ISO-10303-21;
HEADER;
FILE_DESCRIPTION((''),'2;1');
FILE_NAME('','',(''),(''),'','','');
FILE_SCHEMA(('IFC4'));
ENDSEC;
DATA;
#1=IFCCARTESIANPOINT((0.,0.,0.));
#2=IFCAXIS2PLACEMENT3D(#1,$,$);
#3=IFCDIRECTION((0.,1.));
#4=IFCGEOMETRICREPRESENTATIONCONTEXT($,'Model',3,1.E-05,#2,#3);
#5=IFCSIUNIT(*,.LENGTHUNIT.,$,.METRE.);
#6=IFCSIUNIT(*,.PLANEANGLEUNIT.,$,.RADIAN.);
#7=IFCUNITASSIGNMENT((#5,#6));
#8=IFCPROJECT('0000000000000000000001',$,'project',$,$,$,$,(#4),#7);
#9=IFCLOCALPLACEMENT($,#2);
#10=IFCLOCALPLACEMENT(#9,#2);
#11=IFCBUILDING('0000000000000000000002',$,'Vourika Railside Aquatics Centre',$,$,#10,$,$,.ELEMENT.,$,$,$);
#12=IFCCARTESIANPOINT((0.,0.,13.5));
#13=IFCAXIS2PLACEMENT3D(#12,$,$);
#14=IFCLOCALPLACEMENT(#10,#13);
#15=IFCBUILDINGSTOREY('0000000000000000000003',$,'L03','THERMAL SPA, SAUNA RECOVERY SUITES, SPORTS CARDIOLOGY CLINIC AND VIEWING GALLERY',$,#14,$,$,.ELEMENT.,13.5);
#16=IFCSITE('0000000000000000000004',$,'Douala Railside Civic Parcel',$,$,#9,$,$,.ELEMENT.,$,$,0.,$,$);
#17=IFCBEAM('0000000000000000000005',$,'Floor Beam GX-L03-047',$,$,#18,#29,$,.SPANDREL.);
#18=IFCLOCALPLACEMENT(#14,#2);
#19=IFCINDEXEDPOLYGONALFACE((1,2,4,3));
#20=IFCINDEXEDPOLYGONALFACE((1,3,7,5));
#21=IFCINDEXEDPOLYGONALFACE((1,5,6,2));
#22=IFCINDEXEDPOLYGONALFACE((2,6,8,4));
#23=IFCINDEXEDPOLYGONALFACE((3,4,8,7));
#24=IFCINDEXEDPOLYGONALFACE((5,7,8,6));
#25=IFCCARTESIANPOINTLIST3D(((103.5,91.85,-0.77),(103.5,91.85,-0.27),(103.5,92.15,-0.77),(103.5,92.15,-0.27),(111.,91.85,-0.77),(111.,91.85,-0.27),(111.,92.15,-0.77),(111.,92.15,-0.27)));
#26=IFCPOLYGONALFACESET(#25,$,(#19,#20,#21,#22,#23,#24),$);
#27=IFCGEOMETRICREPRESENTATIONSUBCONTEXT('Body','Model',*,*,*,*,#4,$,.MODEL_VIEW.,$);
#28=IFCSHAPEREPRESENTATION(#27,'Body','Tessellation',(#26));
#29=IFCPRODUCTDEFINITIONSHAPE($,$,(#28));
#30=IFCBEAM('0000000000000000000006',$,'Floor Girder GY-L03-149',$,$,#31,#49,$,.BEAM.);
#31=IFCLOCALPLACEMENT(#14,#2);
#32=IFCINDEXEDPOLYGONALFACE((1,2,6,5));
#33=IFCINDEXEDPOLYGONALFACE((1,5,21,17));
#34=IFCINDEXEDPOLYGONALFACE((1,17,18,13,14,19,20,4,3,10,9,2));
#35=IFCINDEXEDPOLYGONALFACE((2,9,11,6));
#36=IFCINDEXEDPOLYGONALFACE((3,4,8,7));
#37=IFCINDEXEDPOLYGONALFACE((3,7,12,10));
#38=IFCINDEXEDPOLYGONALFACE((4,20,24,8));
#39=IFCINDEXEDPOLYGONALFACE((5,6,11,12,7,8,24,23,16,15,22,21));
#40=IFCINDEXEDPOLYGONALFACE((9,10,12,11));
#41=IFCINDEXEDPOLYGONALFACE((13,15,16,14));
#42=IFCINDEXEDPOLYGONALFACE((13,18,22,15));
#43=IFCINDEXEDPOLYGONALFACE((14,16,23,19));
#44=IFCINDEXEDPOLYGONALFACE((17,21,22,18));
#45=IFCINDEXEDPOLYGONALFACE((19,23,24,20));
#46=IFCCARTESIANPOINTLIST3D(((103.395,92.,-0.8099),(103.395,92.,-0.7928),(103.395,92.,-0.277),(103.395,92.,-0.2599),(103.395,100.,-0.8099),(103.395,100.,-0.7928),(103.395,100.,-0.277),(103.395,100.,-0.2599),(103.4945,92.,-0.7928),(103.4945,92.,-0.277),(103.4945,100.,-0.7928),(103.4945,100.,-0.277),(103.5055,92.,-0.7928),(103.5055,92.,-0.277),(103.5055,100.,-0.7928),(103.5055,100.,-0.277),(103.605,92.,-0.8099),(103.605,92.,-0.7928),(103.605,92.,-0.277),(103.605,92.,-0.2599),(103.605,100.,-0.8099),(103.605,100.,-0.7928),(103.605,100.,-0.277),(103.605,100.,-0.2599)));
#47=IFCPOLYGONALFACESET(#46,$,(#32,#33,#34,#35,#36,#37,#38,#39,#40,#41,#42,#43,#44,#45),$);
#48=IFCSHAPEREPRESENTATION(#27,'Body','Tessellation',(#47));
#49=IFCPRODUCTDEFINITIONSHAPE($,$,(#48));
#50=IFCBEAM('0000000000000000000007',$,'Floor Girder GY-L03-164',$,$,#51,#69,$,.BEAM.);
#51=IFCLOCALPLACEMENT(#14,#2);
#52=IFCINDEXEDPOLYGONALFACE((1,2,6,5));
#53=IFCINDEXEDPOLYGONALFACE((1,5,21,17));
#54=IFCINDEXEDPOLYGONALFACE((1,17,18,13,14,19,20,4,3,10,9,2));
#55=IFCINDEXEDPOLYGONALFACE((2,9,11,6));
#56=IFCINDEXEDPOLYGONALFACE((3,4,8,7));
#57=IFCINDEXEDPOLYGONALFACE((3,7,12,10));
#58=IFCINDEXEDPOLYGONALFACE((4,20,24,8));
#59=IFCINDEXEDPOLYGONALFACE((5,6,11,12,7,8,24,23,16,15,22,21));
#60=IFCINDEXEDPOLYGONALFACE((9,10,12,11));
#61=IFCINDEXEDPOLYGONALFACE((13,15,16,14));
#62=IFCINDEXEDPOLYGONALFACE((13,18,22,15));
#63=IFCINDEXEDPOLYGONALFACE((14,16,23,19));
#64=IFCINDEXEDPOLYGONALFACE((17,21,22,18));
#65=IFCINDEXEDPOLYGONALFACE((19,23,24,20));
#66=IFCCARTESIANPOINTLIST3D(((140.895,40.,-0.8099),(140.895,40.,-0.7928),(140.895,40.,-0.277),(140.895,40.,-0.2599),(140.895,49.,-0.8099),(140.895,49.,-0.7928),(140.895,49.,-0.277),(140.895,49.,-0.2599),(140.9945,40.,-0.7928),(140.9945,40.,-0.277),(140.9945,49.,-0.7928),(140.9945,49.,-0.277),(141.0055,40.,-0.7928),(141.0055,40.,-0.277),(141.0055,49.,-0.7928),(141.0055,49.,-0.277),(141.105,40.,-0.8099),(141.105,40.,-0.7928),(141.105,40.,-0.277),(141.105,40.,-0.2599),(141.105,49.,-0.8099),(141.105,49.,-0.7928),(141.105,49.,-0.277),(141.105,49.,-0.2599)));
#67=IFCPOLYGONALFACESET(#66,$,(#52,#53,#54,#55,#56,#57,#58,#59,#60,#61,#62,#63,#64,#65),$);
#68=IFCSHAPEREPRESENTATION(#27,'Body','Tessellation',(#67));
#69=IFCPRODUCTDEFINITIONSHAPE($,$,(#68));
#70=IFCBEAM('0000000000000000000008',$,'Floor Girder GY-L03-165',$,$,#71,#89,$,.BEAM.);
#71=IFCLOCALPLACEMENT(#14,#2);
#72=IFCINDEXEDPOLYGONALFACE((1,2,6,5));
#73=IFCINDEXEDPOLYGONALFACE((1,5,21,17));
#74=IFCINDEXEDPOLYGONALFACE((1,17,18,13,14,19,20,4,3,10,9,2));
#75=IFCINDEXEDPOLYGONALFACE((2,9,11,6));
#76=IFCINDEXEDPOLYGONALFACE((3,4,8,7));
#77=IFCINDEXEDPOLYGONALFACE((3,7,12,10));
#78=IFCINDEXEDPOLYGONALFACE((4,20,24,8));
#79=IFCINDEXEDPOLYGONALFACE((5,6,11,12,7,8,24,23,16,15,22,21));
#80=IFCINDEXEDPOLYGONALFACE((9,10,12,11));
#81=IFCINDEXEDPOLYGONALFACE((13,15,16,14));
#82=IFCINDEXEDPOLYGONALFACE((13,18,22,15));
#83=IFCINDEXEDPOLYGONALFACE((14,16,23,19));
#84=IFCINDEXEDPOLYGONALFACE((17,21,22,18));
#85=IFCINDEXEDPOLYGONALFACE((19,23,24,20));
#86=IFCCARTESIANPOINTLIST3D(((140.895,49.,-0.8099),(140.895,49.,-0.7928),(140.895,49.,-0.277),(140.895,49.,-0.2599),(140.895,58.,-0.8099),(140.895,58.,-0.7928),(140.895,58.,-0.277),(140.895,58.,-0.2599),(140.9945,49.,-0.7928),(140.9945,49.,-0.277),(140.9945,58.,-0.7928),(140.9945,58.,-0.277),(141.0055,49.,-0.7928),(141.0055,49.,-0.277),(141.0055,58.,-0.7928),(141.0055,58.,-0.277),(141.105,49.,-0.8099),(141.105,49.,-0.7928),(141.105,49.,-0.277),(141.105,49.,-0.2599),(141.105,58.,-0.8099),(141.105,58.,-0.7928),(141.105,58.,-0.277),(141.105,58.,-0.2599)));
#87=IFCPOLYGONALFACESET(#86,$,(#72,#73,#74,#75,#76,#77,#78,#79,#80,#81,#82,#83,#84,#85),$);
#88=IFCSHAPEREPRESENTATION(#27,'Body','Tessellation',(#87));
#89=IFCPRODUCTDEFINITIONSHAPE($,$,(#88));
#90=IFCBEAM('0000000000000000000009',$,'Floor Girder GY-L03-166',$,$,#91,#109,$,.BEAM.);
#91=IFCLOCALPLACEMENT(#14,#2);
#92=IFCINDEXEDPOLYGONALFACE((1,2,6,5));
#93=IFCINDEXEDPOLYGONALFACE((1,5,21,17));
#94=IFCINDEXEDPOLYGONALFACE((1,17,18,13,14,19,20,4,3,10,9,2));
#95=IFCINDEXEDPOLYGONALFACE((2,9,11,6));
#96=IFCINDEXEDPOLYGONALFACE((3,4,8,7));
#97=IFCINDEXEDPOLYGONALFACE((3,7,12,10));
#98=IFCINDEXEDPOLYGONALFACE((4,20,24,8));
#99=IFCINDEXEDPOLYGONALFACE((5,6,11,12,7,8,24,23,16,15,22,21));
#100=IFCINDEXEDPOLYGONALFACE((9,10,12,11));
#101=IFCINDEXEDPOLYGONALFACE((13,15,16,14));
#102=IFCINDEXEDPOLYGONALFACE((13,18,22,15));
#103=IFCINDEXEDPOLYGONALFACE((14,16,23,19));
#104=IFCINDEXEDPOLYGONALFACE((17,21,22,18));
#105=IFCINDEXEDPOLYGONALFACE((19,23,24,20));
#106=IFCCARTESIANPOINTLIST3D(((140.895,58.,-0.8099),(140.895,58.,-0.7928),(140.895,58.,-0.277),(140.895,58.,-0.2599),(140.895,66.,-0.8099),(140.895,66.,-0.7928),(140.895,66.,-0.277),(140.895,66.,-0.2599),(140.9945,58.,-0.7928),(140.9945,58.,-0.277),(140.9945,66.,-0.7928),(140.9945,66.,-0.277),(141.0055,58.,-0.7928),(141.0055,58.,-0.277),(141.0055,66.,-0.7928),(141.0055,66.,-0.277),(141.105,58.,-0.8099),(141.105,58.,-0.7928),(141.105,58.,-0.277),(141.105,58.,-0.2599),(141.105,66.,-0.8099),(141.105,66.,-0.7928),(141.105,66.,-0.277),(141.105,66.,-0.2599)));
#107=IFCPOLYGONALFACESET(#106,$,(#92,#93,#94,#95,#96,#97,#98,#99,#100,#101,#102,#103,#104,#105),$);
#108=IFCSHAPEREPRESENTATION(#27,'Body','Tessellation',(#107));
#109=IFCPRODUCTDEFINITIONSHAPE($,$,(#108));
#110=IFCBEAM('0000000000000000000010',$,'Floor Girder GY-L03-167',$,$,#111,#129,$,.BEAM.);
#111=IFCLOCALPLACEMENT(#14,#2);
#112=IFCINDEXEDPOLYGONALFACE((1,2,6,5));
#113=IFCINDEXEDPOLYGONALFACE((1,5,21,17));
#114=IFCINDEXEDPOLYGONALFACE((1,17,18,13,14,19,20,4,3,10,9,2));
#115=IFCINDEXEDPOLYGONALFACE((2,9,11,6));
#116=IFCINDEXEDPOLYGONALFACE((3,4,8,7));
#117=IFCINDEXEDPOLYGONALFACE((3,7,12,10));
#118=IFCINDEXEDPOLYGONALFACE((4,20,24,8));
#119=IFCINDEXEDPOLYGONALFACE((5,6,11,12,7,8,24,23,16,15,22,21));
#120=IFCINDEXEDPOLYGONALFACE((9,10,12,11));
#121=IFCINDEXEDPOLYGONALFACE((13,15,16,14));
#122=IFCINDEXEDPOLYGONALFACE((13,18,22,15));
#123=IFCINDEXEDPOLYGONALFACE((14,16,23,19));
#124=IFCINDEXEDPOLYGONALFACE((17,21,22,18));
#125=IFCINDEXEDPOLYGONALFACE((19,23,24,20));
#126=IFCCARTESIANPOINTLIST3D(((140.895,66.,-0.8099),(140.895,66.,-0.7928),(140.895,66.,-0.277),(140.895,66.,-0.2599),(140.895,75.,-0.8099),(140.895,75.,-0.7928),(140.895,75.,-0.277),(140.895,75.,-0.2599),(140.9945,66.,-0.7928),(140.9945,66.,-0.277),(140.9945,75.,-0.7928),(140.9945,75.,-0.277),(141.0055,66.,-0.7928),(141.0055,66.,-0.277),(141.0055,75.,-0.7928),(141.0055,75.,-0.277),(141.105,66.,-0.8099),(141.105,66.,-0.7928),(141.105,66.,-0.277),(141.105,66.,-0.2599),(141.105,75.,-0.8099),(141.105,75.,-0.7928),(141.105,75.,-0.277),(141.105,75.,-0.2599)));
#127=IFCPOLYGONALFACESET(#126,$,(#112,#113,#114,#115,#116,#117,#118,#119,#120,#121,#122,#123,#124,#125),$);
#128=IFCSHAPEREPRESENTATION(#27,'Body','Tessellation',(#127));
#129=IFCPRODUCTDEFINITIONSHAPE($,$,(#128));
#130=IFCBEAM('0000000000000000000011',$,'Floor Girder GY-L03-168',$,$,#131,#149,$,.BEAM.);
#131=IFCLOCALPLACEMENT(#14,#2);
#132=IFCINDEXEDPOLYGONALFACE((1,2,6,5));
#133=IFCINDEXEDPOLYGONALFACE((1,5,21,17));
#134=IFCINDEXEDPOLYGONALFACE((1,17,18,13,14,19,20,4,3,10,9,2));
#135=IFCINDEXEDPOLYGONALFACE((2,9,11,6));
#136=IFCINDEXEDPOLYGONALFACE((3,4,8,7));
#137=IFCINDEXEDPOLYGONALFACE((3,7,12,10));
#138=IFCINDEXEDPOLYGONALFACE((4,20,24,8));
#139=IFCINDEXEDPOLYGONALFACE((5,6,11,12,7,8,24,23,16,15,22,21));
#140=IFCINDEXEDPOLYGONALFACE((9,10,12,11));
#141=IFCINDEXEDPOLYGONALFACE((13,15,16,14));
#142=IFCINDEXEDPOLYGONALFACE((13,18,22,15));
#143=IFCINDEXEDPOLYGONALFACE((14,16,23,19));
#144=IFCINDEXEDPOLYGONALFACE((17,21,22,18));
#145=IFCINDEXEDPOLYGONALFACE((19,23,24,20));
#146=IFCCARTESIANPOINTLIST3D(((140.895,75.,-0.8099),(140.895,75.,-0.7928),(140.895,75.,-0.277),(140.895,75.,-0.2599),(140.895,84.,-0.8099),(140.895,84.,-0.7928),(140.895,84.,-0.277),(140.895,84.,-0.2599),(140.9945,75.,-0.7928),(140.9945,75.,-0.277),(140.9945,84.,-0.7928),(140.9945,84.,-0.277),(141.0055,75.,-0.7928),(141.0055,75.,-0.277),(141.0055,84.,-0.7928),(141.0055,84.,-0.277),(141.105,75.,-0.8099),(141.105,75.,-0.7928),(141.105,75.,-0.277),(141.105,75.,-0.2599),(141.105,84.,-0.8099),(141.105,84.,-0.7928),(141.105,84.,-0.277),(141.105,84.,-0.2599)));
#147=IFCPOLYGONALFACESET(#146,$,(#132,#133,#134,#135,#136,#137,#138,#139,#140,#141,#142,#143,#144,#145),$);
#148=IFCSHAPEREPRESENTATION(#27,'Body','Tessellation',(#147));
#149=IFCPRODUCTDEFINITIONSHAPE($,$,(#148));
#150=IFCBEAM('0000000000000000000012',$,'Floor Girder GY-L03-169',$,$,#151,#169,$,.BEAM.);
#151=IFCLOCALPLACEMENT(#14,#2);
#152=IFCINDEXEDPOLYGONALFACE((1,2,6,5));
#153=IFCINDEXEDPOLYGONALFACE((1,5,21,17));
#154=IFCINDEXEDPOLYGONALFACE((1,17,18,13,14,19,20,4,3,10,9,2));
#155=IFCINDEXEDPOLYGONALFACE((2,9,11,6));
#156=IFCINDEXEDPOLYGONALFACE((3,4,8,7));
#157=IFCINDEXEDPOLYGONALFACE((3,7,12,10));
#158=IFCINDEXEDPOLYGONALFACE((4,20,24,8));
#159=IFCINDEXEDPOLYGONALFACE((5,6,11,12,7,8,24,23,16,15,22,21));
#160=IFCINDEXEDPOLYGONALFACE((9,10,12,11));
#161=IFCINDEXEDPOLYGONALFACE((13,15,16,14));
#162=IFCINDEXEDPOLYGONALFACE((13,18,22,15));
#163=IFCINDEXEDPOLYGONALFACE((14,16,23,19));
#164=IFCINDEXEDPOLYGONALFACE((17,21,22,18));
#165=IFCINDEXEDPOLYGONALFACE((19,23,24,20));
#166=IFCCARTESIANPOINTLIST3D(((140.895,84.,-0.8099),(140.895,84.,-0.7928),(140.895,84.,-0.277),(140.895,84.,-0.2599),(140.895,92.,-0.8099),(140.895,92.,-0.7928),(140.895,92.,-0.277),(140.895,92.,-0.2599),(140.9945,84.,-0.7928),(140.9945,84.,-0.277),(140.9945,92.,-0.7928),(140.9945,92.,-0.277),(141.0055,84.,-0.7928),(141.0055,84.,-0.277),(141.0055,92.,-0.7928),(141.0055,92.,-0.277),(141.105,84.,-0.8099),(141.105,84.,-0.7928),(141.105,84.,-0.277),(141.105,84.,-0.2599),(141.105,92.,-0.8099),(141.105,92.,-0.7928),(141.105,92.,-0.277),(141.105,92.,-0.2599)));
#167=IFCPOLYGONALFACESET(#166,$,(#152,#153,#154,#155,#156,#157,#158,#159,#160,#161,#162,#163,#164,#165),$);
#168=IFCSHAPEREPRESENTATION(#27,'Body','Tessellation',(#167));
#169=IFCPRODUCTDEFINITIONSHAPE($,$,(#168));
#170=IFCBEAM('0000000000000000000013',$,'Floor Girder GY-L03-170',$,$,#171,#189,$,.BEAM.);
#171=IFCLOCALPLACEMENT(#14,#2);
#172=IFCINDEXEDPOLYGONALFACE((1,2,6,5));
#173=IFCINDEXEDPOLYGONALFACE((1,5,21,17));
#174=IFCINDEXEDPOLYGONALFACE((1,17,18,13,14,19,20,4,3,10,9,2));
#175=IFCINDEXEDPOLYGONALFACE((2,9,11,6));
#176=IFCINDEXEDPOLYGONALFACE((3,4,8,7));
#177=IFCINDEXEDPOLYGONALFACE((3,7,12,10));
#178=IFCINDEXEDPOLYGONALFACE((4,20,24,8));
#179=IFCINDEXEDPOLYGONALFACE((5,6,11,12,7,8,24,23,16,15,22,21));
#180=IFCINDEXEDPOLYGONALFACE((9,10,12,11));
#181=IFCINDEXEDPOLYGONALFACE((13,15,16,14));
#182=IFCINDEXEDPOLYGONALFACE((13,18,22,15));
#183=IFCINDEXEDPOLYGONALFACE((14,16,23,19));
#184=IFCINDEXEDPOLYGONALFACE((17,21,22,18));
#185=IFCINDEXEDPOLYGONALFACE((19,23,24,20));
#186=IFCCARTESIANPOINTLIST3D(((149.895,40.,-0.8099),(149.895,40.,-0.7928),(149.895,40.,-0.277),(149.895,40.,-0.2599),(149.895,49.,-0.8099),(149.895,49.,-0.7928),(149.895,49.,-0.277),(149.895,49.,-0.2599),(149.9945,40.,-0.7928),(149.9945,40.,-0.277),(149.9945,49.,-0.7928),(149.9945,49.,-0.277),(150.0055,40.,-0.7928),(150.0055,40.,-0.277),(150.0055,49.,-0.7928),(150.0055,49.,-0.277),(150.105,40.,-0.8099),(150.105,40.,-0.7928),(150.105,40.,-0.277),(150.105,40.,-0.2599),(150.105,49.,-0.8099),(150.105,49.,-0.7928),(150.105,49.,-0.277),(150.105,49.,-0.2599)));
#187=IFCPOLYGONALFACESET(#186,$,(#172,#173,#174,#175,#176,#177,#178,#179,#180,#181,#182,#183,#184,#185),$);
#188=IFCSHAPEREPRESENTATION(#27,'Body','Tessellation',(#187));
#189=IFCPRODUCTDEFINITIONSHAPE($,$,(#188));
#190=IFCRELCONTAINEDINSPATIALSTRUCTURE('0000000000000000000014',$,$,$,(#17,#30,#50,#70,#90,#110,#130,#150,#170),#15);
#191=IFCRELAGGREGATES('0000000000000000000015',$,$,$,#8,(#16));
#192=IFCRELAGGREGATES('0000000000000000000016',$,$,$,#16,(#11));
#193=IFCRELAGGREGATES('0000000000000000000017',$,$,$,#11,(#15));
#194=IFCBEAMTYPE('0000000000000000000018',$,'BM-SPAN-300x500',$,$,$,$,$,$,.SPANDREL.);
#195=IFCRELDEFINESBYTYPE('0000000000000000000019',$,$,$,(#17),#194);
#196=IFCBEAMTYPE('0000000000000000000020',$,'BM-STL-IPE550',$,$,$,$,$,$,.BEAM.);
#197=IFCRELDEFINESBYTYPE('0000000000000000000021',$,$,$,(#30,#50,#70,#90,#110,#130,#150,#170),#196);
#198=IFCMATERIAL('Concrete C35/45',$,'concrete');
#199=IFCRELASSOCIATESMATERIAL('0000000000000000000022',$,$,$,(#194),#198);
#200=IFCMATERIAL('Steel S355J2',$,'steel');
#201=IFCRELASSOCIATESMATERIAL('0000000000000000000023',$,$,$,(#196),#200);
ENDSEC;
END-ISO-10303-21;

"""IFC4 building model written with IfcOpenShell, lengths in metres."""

from ifc_helpers import new_model, si_unit, direction, frame, origin, origin_2d, place, context, subcontext, project, spatial, rectangle, i_section, extrude, material, material_profile, profile_set, type_object, element, save


model = new_model("IFC4")

# Units and contexts
model_context = context("Model", 3, precision=1e-05, world=origin(), true_north=direction((0.0, 1.0)))
body_context = subcontext(model_context, "Body", "Model", "MODEL_VIEW")
ifc_project = project(units=[si_unit("LENGTHUNIT", "METRE"), si_unit("PLANEANGLEUNIT", "RADIAN")], contexts=[model_context])

# Site, building, storey
site_placement = place(None, origin())
site = spatial("IfcSite", under=ifc_project, at=site_placement, Name="Douala Railside Civic Parcel", CompositionType="ELEMENT", RefElevation=0.0)
building_placement = place(site_placement, origin())
building = spatial("IfcBuilding", under=site, at=building_placement, Name="Vourika Railside Aquatics Centre", CompositionType="ELEMENT")
storey_placement = place(building_placement, frame((0.0, 0.0, 13.5)))
storey = spatial("IfcBuildingStorey", under=building, at=storey_placement, Name="L03", Description="THERMAL SPA, SAUNA RECOVERY SUITES, SPORTS CARDIOLOGY CLINIC AND VIEWING GALLERY", CompositionType="ELEMENT", Elevation=13.5)

# Beams
ifc_material_1 = material(Name="Concrete C35/45", Category="concrete")
ifc_material_profile_1 = material_profile(ifc_material_1, rectangle(XDim=0.3, YDim=0.5, at=origin_2d()), Name="RC 300x500")
ifc_profile_set_1 = profile_set([ifc_material_profile_1], Name="Concrete C35/45")
beam_type_1 = type_object("IfcBeamType", Name="BM-SPAN-300x500", PredefinedType="SPANDREL", material=ifc_profile_set_1)
beam_1_placement = place(storey_placement, frame((103.5, 92.0, -0.52), z_axis=(1.0, 0.0, 0.0), x_axis=(0.0, 1.0, 0.0)))
element("IfcBeam", 1, at=beam_1_placement, inside=storey, type_object=beam_type_1, Name="Floor Beam GX-L03-047", PredefinedType="SPANDREL", context=body_context, shape_type="SweptSolid", body=[
    extrude(rectangle(XDim=0.3, YDim=0.5, at=origin_2d()), origin(), (0.0, 0.0, 1.0), 7.5),
])
ifc_material_2 = material(Name="Steel S355J2", Category="steel")
ifc_material_profile_2 = material_profile(ifc_material_2, i_section(OverallWidth=0.21, OverallDepth=0.55, WebThickness=0.011, FlangeThickness=0.0171, at=origin_2d()), Name="IPE 550")
ifc_profile_set_2 = profile_set([ifc_material_profile_2], Name="Steel S355J2")
beam_type_2 = type_object("IfcBeamType", Name="BM-STL-IPE550", PredefinedType="BEAM", material=ifc_profile_set_2)
beam_2_placement = place(storey_placement, frame((103.5, 92.0, -0.5349), z_axis=(0.0, 1.0, 0.0), x_axis=(-1.0, 0.0, 0.0)))
element("IfcBeam", 2, at=beam_2_placement, inside=storey, type_object=beam_type_2, Name="Floor Girder GY-L03-149", PredefinedType="BEAM", context=body_context, shape_type="SweptSolid", body=[
    extrude(i_section(OverallWidth=0.21, OverallDepth=0.55, WebThickness=0.011, FlangeThickness=0.0171, at=origin_2d()), origin(), (0.0, 0.0, 1.0), 8.0),
])
for number, where, z_axis, x_axis, name in (
    (3, (141.0, 40.0, -0.5349), (0.0, 1.0, 0.0), (-1.0, 0.0, 0.0), "Floor Girder GY-L03-164"),
    (4, (141.0, 49.0, -0.5349), (0.0, 1.0, 0.0), (-1.0, 0.0, 0.0), "Floor Girder GY-L03-165"),
):
    element("IfcBeam", number, at=place(storey_placement, frame(where, z_axis=z_axis, x_axis=x_axis)), inside=storey, type_object=beam_type_2, Name=name, PredefinedType="BEAM", context=body_context, shape_type="SweptSolid", body=[
        extrude(i_section(OverallWidth=0.21, OverallDepth=0.55, WebThickness=0.011, FlangeThickness=0.0171, at=origin_2d()), origin(), (0.0, 0.0, 1.0), 9.0),
    ])
beam_3_placement = place(storey_placement, frame((141.0, 58.0, -0.5349), z_axis=(0.0, 1.0, 0.0), x_axis=(-1.0, 0.0, 0.0)))
element("IfcBeam", 5, at=beam_3_placement, inside=storey, type_object=beam_type_2, Name="Floor Girder GY-L03-166", PredefinedType="BEAM", context=body_context, shape_type="SweptSolid", body=[
    extrude(i_section(OverallWidth=0.21, OverallDepth=0.55, WebThickness=0.011, FlangeThickness=0.0171, at=origin_2d()), origin(), (0.0, 0.0, 1.0), 8.0),
])
for number, where, z_axis, x_axis, name in (
    (6, (141.0, 66.0, -0.5349), (0.0, 1.0, 0.0), (-1.0, 0.0, 0.0), "Floor Girder GY-L03-167"),
    (7, (141.0, 75.0, -0.5349), (0.0, 1.0, 0.0), (-1.0, 0.0, 0.0), "Floor Girder GY-L03-168"),
):
    element("IfcBeam", number, at=place(storey_placement, frame(where, z_axis=z_axis, x_axis=x_axis)), inside=storey, type_object=beam_type_2, Name=name, PredefinedType="BEAM", context=body_context, shape_type="SweptSolid", body=[
        extrude(i_section(OverallWidth=0.21, OverallDepth=0.55, WebThickness=0.011, FlangeThickness=0.0171, at=origin_2d()), origin(), (0.0, 0.0, 1.0), 9.0),
    ])
beam_4_placement = place(storey_placement, frame((141.0, 84.0, -0.5349), z_axis=(0.0, 1.0, 0.0), x_axis=(-1.0, 0.0, 0.0)))
element("IfcBeam", 8, at=beam_4_placement, inside=storey, type_object=beam_type_2, Name="Floor Girder GY-L03-169", PredefinedType="BEAM", context=body_context, shape_type="SweptSolid", body=[
    extrude(i_section(OverallWidth=0.21, OverallDepth=0.55, WebThickness=0.011, FlangeThickness=0.0171, at=origin_2d()), origin(), (0.0, 0.0, 1.0), 8.0),
])
for number, where, z_axis, x_axis, name in (
    (9, (150.0, 40.0, -0.5349), (0.0, 1.0, 0.0), (-1.0, 0.0, 0.0), "Floor Girder GY-L03-170"),
):
    element("IfcBeam", number, at=place(storey_placement, frame(where, z_axis=z_axis, x_axis=x_axis)), inside=storey, type_object=beam_type_2, Name=name, PredefinedType="BEAM", context=body_context, shape_type="SweptSolid", body=[
        extrude(i_section(OverallWidth=0.21, OverallDepth=0.55, WebThickness=0.011, FlangeThickness=0.0171, at=origin_2d()), origin(), (0.0, 0.0, 1.0), 9.0),
    ])

save(model, "model.ifc")
